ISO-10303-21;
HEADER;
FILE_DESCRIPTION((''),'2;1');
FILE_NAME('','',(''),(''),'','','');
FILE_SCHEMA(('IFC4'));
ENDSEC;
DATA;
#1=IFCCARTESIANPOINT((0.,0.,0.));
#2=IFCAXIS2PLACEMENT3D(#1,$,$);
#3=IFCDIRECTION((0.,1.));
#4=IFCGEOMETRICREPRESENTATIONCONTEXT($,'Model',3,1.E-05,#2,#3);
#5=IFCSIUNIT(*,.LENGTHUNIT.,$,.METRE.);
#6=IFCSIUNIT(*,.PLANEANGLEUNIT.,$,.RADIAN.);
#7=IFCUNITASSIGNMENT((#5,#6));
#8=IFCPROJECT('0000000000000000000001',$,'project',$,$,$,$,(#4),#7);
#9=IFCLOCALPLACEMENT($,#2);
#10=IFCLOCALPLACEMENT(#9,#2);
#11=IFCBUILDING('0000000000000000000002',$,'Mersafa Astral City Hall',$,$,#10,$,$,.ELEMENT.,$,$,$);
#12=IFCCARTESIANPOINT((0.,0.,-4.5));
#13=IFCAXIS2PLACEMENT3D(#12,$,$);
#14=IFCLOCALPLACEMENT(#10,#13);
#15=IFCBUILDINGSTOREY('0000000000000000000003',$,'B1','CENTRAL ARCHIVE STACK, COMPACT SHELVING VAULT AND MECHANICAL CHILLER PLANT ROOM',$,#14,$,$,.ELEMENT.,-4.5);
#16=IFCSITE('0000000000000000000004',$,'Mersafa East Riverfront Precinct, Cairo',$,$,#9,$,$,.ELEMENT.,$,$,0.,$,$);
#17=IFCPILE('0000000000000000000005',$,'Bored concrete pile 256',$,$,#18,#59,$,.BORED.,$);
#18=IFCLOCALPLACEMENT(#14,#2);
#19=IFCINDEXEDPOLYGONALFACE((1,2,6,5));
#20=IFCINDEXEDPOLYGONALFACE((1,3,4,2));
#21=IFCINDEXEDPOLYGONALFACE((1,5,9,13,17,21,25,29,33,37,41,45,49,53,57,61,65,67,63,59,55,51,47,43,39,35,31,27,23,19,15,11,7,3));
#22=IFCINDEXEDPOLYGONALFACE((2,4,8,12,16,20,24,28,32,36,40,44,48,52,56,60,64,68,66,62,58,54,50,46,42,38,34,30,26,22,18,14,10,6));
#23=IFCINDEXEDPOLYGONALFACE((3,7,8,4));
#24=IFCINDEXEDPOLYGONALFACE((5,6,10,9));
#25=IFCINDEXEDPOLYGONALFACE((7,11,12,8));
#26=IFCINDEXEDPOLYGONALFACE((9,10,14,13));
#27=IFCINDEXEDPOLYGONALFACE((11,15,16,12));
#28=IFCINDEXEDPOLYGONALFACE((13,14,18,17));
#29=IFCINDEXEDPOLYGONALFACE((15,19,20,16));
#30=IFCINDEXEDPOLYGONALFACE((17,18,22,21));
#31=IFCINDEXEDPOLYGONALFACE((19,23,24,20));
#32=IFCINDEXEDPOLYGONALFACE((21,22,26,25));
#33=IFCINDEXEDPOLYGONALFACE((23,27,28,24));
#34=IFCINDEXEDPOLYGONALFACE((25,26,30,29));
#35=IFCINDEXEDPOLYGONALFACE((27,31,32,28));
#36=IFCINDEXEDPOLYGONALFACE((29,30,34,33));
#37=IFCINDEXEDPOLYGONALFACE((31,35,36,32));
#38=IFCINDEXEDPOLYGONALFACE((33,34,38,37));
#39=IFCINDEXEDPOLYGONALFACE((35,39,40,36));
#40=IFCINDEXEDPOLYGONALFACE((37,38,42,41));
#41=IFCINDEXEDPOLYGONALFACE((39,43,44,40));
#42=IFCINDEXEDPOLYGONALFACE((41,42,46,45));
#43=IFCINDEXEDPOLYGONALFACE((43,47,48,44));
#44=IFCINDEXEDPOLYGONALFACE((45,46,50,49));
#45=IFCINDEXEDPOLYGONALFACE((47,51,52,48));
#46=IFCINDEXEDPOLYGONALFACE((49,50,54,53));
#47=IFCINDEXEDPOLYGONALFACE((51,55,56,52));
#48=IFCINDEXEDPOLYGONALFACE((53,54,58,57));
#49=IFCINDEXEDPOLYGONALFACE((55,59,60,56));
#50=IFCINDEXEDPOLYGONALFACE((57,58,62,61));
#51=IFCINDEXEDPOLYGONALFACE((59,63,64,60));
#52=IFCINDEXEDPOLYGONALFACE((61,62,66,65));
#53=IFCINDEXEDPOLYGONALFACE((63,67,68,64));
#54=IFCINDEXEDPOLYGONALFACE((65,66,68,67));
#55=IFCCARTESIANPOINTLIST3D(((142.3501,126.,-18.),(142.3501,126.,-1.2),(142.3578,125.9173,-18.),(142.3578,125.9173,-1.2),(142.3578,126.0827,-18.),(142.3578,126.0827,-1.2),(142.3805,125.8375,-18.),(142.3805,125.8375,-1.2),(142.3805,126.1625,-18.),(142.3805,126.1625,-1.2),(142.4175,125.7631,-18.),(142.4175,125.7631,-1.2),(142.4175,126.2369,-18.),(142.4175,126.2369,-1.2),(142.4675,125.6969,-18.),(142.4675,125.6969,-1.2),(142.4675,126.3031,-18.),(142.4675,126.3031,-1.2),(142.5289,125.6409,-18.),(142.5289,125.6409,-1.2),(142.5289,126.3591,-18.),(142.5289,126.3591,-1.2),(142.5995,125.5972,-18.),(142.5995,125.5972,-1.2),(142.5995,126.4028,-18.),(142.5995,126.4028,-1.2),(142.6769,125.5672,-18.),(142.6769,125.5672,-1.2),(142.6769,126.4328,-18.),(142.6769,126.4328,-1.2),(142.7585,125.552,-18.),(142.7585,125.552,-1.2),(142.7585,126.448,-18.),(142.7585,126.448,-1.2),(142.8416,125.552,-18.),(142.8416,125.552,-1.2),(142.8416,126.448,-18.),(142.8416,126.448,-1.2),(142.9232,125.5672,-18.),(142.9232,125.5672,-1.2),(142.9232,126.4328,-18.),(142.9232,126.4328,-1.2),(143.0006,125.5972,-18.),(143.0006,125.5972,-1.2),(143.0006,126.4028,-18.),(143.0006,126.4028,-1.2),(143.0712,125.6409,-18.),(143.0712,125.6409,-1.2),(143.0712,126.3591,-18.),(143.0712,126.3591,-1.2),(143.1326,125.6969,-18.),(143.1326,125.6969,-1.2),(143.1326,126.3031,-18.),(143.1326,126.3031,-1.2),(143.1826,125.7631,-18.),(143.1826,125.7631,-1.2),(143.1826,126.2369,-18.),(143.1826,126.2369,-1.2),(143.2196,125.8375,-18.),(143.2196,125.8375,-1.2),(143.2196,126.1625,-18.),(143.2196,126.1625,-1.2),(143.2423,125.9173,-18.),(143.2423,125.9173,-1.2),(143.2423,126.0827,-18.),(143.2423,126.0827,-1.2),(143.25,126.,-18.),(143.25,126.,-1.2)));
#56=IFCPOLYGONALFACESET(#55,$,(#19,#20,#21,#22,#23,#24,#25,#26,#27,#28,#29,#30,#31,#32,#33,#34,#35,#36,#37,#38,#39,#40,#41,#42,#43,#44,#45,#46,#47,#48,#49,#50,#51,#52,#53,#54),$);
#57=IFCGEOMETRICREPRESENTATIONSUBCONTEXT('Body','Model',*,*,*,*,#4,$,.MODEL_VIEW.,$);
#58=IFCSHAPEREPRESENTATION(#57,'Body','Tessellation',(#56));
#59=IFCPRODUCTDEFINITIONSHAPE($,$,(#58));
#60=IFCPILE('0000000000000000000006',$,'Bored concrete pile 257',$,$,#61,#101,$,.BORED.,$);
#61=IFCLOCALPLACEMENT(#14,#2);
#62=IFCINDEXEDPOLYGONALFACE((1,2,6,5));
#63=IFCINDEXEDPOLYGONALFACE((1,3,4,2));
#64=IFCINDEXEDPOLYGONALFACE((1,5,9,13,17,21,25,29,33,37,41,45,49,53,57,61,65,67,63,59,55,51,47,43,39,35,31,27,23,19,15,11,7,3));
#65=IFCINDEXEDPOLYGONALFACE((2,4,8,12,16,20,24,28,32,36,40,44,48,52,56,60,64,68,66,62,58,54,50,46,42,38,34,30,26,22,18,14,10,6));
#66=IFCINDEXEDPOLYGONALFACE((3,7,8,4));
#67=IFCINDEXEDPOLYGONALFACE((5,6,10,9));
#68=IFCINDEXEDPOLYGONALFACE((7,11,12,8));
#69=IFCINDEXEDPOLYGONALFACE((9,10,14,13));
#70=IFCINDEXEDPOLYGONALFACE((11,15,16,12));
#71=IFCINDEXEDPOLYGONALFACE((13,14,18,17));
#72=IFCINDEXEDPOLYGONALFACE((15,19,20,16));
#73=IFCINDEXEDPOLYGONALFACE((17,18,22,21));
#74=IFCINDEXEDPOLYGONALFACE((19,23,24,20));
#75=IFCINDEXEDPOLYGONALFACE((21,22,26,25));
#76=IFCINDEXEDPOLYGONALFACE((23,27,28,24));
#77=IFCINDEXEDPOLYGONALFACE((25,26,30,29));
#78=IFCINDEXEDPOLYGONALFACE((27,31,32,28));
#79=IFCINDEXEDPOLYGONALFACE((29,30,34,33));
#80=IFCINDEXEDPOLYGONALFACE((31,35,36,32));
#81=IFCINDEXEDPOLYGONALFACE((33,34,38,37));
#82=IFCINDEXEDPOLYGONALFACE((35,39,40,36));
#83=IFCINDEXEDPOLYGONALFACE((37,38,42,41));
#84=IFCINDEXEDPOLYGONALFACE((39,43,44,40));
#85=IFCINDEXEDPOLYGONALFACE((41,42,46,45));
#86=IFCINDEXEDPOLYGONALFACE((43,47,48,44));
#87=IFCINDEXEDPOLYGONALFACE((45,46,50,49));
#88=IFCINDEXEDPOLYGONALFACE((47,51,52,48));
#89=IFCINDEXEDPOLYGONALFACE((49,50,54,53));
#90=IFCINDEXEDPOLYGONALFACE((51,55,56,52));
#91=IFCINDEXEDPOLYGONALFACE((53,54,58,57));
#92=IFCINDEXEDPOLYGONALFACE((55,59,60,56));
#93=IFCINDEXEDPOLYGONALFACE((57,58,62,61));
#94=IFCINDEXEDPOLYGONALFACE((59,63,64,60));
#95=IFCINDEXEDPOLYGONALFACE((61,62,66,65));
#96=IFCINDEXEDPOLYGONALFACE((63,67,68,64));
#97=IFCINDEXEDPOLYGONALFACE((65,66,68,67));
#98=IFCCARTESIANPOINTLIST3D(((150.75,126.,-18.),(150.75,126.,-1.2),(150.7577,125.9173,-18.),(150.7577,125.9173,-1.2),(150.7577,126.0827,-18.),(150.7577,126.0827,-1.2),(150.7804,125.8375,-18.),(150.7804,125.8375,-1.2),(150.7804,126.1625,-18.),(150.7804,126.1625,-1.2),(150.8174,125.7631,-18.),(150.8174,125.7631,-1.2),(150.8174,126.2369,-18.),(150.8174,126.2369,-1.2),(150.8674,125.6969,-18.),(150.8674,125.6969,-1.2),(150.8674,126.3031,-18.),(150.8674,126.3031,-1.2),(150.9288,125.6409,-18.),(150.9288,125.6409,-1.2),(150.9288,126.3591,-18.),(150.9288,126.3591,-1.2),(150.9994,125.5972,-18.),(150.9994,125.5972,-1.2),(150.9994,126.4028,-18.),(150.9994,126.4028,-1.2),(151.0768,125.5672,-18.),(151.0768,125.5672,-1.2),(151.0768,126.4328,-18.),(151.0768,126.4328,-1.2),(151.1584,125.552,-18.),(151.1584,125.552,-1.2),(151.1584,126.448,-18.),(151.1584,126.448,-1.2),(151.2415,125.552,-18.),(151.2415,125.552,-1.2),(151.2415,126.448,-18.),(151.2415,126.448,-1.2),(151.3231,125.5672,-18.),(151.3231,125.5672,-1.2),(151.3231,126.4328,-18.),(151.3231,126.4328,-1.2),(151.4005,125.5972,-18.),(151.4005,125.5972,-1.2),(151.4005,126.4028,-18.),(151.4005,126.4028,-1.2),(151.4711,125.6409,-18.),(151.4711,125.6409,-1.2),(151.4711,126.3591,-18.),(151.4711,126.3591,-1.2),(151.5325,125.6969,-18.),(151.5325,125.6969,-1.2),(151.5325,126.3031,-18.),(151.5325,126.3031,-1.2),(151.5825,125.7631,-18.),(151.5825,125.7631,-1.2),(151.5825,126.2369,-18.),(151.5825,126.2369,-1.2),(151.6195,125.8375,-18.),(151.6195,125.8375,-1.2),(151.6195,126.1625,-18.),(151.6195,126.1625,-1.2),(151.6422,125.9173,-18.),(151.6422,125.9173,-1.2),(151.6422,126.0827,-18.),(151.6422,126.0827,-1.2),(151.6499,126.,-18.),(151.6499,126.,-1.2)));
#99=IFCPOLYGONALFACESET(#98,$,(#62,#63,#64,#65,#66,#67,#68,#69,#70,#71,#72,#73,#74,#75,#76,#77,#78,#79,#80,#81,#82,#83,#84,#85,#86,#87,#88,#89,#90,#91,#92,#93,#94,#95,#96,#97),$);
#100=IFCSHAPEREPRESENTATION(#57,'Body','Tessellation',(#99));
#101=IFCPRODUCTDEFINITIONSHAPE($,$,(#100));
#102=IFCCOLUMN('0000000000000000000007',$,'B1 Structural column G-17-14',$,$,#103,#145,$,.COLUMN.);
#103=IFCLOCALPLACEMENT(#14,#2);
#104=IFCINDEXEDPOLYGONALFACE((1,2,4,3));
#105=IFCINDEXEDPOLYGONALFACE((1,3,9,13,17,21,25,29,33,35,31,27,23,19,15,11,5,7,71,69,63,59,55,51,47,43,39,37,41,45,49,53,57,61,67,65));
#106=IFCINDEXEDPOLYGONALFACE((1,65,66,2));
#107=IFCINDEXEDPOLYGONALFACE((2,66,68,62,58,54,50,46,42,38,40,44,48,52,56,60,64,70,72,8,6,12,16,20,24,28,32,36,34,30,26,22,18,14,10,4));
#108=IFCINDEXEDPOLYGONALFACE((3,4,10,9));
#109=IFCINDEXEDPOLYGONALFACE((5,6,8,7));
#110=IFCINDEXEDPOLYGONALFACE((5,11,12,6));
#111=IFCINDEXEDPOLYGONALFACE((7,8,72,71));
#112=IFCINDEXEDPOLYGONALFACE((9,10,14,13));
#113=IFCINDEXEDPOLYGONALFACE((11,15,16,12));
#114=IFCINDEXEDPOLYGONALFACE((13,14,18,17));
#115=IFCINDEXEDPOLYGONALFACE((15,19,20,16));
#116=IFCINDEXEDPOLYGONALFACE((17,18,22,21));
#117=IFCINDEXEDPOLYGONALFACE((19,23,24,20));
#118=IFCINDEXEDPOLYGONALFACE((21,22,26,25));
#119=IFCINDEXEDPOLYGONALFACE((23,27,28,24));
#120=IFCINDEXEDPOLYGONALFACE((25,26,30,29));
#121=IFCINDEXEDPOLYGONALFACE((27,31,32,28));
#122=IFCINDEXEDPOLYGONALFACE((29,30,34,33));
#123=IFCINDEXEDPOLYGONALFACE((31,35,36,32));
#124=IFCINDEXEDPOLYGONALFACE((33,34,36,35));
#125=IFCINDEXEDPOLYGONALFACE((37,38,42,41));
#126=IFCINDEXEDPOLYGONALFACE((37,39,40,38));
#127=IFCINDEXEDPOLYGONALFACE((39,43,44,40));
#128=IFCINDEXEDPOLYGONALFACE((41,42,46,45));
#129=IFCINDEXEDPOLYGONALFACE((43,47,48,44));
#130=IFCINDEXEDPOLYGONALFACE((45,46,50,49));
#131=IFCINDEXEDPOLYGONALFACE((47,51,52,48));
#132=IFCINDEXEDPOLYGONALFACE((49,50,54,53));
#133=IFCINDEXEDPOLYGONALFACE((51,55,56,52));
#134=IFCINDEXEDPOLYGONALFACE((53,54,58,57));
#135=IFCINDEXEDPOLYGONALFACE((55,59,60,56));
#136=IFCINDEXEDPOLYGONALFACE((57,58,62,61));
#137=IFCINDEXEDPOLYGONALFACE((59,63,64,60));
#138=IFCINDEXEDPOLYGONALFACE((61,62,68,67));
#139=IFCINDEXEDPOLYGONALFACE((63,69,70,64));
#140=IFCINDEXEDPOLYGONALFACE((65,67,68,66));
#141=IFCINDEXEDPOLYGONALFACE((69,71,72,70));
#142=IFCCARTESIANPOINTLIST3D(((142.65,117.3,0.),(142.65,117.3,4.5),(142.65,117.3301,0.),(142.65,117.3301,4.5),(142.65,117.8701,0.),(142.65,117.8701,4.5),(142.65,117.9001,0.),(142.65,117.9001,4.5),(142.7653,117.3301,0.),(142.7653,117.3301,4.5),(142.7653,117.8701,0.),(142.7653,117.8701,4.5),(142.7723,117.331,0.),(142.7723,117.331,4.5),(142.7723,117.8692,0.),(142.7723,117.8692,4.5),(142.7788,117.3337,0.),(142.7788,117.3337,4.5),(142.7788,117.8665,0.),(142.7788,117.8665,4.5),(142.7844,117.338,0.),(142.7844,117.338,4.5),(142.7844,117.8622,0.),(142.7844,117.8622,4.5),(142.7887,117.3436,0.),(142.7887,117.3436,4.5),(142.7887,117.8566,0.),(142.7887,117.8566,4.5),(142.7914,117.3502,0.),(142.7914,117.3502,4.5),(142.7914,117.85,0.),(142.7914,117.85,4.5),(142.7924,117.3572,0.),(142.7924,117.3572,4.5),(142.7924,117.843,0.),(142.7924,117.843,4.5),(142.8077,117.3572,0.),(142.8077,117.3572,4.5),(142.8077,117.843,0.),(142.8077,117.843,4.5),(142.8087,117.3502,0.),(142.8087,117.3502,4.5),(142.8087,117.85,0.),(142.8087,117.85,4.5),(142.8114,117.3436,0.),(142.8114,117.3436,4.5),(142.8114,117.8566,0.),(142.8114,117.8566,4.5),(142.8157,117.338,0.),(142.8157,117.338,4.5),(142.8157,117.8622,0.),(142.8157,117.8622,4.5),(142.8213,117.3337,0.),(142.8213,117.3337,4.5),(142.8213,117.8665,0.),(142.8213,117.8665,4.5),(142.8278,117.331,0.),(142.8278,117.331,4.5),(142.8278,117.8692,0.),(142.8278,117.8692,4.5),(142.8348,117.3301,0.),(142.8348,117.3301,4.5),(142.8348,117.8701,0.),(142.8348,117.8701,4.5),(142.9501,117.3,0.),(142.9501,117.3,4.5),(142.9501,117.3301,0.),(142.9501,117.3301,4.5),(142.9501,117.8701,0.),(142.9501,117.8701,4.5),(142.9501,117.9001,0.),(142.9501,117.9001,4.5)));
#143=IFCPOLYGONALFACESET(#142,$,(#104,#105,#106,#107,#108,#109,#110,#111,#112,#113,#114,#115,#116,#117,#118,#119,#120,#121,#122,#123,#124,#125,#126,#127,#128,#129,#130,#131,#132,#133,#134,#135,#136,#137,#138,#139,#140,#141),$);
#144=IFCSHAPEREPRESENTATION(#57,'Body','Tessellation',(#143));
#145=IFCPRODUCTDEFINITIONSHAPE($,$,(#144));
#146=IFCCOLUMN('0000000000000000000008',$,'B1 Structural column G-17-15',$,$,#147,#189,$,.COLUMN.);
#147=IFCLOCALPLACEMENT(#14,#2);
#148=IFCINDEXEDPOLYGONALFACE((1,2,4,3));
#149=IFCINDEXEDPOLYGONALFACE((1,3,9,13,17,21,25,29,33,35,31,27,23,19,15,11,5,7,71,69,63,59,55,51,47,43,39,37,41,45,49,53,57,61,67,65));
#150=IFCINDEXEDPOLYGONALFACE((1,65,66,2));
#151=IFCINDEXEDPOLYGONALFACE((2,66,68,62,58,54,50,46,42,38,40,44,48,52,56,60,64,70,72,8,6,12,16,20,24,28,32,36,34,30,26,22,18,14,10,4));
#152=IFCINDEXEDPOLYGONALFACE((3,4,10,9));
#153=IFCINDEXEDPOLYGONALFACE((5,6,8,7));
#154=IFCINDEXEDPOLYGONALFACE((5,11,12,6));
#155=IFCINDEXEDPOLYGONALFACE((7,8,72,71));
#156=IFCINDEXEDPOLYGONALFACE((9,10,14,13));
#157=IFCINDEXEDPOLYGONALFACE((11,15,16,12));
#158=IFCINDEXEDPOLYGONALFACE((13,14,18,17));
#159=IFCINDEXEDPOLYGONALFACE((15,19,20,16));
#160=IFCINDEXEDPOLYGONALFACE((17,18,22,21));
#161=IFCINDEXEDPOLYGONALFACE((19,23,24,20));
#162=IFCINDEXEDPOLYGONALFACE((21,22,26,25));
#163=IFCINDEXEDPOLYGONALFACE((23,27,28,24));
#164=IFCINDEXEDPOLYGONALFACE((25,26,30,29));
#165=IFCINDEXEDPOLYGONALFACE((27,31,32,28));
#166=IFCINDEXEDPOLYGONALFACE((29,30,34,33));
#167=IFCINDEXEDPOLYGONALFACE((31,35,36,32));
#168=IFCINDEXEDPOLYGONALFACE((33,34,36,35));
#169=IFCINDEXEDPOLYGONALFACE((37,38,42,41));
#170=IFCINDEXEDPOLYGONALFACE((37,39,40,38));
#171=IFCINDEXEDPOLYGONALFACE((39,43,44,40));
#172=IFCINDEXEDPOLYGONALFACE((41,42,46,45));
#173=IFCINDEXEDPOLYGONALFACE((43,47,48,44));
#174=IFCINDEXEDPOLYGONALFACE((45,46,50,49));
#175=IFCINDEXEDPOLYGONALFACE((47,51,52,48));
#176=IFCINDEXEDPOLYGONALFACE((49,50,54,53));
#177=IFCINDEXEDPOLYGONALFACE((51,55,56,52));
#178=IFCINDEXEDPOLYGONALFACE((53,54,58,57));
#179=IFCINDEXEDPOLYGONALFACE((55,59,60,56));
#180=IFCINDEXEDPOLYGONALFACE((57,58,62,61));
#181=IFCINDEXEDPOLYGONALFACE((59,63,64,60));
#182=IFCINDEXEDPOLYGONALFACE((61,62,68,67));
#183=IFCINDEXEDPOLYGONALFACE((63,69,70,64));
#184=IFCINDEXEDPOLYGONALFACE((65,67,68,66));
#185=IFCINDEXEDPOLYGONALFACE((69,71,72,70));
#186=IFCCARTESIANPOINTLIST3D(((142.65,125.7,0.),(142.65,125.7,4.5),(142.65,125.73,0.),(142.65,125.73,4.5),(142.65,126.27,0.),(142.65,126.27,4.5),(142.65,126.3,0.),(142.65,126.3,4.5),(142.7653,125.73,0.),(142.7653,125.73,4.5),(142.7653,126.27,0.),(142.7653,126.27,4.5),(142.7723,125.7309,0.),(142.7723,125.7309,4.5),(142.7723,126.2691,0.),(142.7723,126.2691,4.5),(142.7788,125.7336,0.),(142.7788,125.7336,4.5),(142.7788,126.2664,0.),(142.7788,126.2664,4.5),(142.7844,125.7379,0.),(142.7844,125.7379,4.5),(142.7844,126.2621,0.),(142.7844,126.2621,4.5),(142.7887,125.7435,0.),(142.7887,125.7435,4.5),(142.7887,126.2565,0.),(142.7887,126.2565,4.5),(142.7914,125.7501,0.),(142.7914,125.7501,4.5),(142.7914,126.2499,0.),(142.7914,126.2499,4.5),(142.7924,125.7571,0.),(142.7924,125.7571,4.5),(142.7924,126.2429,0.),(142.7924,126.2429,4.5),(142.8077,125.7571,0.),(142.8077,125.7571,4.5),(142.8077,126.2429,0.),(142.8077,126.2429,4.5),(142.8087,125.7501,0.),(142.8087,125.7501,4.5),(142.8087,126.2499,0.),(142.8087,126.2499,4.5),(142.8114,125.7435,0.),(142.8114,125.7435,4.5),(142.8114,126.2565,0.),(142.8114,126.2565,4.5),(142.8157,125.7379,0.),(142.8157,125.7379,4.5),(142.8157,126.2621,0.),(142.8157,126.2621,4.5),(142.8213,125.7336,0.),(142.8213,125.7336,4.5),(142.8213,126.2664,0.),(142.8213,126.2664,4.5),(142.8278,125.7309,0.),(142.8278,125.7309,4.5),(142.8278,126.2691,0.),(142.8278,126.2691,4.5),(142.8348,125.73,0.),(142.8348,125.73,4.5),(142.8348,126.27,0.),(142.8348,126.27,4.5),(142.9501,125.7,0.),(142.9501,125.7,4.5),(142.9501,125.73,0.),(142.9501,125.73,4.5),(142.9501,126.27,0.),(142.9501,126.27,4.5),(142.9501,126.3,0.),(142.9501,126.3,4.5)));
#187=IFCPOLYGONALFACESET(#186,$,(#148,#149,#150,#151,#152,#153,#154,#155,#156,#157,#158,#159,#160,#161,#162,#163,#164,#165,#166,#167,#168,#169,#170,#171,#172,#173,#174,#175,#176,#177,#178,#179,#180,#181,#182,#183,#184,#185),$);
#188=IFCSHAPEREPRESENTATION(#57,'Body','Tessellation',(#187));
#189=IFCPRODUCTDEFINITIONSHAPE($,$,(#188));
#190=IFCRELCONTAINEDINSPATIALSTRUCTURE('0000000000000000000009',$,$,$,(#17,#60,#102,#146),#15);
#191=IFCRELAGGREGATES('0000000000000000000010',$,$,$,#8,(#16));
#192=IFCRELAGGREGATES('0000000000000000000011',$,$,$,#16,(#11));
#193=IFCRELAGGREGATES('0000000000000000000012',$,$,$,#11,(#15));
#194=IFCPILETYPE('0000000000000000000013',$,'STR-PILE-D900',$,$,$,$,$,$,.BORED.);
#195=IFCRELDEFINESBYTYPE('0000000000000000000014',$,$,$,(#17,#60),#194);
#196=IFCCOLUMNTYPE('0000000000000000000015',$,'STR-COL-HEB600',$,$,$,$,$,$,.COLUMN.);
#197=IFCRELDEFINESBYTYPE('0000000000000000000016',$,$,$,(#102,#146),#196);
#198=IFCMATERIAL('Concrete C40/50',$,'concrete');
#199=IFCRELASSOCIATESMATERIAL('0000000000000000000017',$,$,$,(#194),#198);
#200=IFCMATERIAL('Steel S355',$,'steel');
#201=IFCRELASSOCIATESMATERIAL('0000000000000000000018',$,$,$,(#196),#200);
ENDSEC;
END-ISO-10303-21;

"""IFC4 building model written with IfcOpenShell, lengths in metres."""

from ifc_helpers import new_model, si_unit, direction, frame, origin, origin_2d, place, context, subcontext, project, spatial, circle, i_section, extrude, material, material_profile, profile_set, type_object, element, save


model = new_model("IFC4")

# Units and contexts
model_context = context("Model", 3, precision=1e-05, world=origin(), true_north=direction((0.0, 1.0)))
body_context = subcontext(model_context, "Body", "Model", "MODEL_VIEW")
ifc_project = project(units=[si_unit("LENGTHUNIT", "METRE"), si_unit("PLANEANGLEUNIT", "RADIAN")], contexts=[model_context])

# Site, building, storey
site_placement = place(None, origin())
site = spatial("IfcSite", under=ifc_project, at=site_placement, Name="Mersafa East Riverfront Precinct, Cairo", CompositionType="ELEMENT", RefElevation=0.0)
building_placement = place(site_placement, origin())
building = spatial("IfcBuilding", under=site, at=building_placement, Name="Mersafa Astral City Hall", CompositionType="ELEMENT")
storey_placement = place(building_placement, frame((0.0, 0.0, -4.5)))
storey = spatial("IfcBuildingStorey", under=building, at=storey_placement, Name="B1", Description="CENTRAL ARCHIVE STACK, COMPACT SHELVING VAULT AND MECHANICAL CHILLER PLANT ROOM", CompositionType="ELEMENT", Elevation=-4.5)

# Shared definitions
ifc_material_1 = material(Name="Concrete C40/50", Category="concrete")

# Piles
ifc_material_profile_1 = material_profile(ifc_material_1, circle(Radius=0.45, at=origin_2d()), Name="PILE D900")
ifc_profile_set_1 = profile_set([ifc_material_profile_1], Name="Concrete C40/50")
pile_type = type_object("IfcPileType", Name="STR-PILE-D900", PredefinedType="BORED", material=ifc_profile_set_1)
for number, where, z_axis, x_axis, name in (
    (1, (142.8, 126.0, -1.2), (0.0, 0.0, -1.0), (1.0, 0.0, 0.0), "Bored concrete pile 256"),
    (2, (151.2, 126.0, -1.2), (0.0, 0.0, -1.0), (1.0, 0.0, 0.0), "Bored concrete pile 257"),
):
    element("IfcPile", number, at=place(storey_placement, frame(where, z_axis=z_axis, x_axis=x_axis)), inside=storey, type_object=pile_type, Name=name, PredefinedType="BORED", context=body_context, shape_type="SweptSolid", body=[
        extrude(circle(Radius=0.45, at=origin_2d()), origin(), (0.0, 0.0, 1.0), 16.8),
    ])

# Columns
ifc_material_2 = material(Name="Steel S355", Category="steel")
ifc_material_profile_2 = material_profile(ifc_material_2, i_section(OverallWidth=0.3, OverallDepth=0.6001, WebThickness=0.0154, FlangeThickness=0.03, FilletRadius=0.0271, at=origin_2d()), Name="HEB 600")
ifc_profile_set_2 = profile_set([ifc_material_profile_2], Name="Steel S355")
column_type = type_object("IfcColumnType", Name="STR-COL-HEB600", PredefinedType="COLUMN", material=ifc_profile_set_2)
for number, where, z_axis, x_axis, name in (
    (3, (142.8, 117.6001, 0.0), (0.0, 0.0, 1.0), (1.0, 0.0, 0.0), "B1 Structural column G-17-14"),
    (4, (142.8, 126.0, 0.0), (0.0, 0.0, 1.0), (1.0, 0.0, 0.0), "B1 Structural column G-17-15"),
):
    element("IfcColumn", number, at=place(storey_placement, frame(where, z_axis=z_axis, x_axis=x_axis)), inside=storey, type_object=column_type, Name=name, PredefinedType="COLUMN", context=body_context, shape_type="SweptSolid", body=[
        extrude(i_section(OverallWidth=0.3, OverallDepth=0.6001, WebThickness=0.0154, FlangeThickness=0.03, FilletRadius=0.0271, at=origin_2d()), origin(), (0.0, 0.0, 1.0), 4.5),
    ])

save(model, "model.ifc")
